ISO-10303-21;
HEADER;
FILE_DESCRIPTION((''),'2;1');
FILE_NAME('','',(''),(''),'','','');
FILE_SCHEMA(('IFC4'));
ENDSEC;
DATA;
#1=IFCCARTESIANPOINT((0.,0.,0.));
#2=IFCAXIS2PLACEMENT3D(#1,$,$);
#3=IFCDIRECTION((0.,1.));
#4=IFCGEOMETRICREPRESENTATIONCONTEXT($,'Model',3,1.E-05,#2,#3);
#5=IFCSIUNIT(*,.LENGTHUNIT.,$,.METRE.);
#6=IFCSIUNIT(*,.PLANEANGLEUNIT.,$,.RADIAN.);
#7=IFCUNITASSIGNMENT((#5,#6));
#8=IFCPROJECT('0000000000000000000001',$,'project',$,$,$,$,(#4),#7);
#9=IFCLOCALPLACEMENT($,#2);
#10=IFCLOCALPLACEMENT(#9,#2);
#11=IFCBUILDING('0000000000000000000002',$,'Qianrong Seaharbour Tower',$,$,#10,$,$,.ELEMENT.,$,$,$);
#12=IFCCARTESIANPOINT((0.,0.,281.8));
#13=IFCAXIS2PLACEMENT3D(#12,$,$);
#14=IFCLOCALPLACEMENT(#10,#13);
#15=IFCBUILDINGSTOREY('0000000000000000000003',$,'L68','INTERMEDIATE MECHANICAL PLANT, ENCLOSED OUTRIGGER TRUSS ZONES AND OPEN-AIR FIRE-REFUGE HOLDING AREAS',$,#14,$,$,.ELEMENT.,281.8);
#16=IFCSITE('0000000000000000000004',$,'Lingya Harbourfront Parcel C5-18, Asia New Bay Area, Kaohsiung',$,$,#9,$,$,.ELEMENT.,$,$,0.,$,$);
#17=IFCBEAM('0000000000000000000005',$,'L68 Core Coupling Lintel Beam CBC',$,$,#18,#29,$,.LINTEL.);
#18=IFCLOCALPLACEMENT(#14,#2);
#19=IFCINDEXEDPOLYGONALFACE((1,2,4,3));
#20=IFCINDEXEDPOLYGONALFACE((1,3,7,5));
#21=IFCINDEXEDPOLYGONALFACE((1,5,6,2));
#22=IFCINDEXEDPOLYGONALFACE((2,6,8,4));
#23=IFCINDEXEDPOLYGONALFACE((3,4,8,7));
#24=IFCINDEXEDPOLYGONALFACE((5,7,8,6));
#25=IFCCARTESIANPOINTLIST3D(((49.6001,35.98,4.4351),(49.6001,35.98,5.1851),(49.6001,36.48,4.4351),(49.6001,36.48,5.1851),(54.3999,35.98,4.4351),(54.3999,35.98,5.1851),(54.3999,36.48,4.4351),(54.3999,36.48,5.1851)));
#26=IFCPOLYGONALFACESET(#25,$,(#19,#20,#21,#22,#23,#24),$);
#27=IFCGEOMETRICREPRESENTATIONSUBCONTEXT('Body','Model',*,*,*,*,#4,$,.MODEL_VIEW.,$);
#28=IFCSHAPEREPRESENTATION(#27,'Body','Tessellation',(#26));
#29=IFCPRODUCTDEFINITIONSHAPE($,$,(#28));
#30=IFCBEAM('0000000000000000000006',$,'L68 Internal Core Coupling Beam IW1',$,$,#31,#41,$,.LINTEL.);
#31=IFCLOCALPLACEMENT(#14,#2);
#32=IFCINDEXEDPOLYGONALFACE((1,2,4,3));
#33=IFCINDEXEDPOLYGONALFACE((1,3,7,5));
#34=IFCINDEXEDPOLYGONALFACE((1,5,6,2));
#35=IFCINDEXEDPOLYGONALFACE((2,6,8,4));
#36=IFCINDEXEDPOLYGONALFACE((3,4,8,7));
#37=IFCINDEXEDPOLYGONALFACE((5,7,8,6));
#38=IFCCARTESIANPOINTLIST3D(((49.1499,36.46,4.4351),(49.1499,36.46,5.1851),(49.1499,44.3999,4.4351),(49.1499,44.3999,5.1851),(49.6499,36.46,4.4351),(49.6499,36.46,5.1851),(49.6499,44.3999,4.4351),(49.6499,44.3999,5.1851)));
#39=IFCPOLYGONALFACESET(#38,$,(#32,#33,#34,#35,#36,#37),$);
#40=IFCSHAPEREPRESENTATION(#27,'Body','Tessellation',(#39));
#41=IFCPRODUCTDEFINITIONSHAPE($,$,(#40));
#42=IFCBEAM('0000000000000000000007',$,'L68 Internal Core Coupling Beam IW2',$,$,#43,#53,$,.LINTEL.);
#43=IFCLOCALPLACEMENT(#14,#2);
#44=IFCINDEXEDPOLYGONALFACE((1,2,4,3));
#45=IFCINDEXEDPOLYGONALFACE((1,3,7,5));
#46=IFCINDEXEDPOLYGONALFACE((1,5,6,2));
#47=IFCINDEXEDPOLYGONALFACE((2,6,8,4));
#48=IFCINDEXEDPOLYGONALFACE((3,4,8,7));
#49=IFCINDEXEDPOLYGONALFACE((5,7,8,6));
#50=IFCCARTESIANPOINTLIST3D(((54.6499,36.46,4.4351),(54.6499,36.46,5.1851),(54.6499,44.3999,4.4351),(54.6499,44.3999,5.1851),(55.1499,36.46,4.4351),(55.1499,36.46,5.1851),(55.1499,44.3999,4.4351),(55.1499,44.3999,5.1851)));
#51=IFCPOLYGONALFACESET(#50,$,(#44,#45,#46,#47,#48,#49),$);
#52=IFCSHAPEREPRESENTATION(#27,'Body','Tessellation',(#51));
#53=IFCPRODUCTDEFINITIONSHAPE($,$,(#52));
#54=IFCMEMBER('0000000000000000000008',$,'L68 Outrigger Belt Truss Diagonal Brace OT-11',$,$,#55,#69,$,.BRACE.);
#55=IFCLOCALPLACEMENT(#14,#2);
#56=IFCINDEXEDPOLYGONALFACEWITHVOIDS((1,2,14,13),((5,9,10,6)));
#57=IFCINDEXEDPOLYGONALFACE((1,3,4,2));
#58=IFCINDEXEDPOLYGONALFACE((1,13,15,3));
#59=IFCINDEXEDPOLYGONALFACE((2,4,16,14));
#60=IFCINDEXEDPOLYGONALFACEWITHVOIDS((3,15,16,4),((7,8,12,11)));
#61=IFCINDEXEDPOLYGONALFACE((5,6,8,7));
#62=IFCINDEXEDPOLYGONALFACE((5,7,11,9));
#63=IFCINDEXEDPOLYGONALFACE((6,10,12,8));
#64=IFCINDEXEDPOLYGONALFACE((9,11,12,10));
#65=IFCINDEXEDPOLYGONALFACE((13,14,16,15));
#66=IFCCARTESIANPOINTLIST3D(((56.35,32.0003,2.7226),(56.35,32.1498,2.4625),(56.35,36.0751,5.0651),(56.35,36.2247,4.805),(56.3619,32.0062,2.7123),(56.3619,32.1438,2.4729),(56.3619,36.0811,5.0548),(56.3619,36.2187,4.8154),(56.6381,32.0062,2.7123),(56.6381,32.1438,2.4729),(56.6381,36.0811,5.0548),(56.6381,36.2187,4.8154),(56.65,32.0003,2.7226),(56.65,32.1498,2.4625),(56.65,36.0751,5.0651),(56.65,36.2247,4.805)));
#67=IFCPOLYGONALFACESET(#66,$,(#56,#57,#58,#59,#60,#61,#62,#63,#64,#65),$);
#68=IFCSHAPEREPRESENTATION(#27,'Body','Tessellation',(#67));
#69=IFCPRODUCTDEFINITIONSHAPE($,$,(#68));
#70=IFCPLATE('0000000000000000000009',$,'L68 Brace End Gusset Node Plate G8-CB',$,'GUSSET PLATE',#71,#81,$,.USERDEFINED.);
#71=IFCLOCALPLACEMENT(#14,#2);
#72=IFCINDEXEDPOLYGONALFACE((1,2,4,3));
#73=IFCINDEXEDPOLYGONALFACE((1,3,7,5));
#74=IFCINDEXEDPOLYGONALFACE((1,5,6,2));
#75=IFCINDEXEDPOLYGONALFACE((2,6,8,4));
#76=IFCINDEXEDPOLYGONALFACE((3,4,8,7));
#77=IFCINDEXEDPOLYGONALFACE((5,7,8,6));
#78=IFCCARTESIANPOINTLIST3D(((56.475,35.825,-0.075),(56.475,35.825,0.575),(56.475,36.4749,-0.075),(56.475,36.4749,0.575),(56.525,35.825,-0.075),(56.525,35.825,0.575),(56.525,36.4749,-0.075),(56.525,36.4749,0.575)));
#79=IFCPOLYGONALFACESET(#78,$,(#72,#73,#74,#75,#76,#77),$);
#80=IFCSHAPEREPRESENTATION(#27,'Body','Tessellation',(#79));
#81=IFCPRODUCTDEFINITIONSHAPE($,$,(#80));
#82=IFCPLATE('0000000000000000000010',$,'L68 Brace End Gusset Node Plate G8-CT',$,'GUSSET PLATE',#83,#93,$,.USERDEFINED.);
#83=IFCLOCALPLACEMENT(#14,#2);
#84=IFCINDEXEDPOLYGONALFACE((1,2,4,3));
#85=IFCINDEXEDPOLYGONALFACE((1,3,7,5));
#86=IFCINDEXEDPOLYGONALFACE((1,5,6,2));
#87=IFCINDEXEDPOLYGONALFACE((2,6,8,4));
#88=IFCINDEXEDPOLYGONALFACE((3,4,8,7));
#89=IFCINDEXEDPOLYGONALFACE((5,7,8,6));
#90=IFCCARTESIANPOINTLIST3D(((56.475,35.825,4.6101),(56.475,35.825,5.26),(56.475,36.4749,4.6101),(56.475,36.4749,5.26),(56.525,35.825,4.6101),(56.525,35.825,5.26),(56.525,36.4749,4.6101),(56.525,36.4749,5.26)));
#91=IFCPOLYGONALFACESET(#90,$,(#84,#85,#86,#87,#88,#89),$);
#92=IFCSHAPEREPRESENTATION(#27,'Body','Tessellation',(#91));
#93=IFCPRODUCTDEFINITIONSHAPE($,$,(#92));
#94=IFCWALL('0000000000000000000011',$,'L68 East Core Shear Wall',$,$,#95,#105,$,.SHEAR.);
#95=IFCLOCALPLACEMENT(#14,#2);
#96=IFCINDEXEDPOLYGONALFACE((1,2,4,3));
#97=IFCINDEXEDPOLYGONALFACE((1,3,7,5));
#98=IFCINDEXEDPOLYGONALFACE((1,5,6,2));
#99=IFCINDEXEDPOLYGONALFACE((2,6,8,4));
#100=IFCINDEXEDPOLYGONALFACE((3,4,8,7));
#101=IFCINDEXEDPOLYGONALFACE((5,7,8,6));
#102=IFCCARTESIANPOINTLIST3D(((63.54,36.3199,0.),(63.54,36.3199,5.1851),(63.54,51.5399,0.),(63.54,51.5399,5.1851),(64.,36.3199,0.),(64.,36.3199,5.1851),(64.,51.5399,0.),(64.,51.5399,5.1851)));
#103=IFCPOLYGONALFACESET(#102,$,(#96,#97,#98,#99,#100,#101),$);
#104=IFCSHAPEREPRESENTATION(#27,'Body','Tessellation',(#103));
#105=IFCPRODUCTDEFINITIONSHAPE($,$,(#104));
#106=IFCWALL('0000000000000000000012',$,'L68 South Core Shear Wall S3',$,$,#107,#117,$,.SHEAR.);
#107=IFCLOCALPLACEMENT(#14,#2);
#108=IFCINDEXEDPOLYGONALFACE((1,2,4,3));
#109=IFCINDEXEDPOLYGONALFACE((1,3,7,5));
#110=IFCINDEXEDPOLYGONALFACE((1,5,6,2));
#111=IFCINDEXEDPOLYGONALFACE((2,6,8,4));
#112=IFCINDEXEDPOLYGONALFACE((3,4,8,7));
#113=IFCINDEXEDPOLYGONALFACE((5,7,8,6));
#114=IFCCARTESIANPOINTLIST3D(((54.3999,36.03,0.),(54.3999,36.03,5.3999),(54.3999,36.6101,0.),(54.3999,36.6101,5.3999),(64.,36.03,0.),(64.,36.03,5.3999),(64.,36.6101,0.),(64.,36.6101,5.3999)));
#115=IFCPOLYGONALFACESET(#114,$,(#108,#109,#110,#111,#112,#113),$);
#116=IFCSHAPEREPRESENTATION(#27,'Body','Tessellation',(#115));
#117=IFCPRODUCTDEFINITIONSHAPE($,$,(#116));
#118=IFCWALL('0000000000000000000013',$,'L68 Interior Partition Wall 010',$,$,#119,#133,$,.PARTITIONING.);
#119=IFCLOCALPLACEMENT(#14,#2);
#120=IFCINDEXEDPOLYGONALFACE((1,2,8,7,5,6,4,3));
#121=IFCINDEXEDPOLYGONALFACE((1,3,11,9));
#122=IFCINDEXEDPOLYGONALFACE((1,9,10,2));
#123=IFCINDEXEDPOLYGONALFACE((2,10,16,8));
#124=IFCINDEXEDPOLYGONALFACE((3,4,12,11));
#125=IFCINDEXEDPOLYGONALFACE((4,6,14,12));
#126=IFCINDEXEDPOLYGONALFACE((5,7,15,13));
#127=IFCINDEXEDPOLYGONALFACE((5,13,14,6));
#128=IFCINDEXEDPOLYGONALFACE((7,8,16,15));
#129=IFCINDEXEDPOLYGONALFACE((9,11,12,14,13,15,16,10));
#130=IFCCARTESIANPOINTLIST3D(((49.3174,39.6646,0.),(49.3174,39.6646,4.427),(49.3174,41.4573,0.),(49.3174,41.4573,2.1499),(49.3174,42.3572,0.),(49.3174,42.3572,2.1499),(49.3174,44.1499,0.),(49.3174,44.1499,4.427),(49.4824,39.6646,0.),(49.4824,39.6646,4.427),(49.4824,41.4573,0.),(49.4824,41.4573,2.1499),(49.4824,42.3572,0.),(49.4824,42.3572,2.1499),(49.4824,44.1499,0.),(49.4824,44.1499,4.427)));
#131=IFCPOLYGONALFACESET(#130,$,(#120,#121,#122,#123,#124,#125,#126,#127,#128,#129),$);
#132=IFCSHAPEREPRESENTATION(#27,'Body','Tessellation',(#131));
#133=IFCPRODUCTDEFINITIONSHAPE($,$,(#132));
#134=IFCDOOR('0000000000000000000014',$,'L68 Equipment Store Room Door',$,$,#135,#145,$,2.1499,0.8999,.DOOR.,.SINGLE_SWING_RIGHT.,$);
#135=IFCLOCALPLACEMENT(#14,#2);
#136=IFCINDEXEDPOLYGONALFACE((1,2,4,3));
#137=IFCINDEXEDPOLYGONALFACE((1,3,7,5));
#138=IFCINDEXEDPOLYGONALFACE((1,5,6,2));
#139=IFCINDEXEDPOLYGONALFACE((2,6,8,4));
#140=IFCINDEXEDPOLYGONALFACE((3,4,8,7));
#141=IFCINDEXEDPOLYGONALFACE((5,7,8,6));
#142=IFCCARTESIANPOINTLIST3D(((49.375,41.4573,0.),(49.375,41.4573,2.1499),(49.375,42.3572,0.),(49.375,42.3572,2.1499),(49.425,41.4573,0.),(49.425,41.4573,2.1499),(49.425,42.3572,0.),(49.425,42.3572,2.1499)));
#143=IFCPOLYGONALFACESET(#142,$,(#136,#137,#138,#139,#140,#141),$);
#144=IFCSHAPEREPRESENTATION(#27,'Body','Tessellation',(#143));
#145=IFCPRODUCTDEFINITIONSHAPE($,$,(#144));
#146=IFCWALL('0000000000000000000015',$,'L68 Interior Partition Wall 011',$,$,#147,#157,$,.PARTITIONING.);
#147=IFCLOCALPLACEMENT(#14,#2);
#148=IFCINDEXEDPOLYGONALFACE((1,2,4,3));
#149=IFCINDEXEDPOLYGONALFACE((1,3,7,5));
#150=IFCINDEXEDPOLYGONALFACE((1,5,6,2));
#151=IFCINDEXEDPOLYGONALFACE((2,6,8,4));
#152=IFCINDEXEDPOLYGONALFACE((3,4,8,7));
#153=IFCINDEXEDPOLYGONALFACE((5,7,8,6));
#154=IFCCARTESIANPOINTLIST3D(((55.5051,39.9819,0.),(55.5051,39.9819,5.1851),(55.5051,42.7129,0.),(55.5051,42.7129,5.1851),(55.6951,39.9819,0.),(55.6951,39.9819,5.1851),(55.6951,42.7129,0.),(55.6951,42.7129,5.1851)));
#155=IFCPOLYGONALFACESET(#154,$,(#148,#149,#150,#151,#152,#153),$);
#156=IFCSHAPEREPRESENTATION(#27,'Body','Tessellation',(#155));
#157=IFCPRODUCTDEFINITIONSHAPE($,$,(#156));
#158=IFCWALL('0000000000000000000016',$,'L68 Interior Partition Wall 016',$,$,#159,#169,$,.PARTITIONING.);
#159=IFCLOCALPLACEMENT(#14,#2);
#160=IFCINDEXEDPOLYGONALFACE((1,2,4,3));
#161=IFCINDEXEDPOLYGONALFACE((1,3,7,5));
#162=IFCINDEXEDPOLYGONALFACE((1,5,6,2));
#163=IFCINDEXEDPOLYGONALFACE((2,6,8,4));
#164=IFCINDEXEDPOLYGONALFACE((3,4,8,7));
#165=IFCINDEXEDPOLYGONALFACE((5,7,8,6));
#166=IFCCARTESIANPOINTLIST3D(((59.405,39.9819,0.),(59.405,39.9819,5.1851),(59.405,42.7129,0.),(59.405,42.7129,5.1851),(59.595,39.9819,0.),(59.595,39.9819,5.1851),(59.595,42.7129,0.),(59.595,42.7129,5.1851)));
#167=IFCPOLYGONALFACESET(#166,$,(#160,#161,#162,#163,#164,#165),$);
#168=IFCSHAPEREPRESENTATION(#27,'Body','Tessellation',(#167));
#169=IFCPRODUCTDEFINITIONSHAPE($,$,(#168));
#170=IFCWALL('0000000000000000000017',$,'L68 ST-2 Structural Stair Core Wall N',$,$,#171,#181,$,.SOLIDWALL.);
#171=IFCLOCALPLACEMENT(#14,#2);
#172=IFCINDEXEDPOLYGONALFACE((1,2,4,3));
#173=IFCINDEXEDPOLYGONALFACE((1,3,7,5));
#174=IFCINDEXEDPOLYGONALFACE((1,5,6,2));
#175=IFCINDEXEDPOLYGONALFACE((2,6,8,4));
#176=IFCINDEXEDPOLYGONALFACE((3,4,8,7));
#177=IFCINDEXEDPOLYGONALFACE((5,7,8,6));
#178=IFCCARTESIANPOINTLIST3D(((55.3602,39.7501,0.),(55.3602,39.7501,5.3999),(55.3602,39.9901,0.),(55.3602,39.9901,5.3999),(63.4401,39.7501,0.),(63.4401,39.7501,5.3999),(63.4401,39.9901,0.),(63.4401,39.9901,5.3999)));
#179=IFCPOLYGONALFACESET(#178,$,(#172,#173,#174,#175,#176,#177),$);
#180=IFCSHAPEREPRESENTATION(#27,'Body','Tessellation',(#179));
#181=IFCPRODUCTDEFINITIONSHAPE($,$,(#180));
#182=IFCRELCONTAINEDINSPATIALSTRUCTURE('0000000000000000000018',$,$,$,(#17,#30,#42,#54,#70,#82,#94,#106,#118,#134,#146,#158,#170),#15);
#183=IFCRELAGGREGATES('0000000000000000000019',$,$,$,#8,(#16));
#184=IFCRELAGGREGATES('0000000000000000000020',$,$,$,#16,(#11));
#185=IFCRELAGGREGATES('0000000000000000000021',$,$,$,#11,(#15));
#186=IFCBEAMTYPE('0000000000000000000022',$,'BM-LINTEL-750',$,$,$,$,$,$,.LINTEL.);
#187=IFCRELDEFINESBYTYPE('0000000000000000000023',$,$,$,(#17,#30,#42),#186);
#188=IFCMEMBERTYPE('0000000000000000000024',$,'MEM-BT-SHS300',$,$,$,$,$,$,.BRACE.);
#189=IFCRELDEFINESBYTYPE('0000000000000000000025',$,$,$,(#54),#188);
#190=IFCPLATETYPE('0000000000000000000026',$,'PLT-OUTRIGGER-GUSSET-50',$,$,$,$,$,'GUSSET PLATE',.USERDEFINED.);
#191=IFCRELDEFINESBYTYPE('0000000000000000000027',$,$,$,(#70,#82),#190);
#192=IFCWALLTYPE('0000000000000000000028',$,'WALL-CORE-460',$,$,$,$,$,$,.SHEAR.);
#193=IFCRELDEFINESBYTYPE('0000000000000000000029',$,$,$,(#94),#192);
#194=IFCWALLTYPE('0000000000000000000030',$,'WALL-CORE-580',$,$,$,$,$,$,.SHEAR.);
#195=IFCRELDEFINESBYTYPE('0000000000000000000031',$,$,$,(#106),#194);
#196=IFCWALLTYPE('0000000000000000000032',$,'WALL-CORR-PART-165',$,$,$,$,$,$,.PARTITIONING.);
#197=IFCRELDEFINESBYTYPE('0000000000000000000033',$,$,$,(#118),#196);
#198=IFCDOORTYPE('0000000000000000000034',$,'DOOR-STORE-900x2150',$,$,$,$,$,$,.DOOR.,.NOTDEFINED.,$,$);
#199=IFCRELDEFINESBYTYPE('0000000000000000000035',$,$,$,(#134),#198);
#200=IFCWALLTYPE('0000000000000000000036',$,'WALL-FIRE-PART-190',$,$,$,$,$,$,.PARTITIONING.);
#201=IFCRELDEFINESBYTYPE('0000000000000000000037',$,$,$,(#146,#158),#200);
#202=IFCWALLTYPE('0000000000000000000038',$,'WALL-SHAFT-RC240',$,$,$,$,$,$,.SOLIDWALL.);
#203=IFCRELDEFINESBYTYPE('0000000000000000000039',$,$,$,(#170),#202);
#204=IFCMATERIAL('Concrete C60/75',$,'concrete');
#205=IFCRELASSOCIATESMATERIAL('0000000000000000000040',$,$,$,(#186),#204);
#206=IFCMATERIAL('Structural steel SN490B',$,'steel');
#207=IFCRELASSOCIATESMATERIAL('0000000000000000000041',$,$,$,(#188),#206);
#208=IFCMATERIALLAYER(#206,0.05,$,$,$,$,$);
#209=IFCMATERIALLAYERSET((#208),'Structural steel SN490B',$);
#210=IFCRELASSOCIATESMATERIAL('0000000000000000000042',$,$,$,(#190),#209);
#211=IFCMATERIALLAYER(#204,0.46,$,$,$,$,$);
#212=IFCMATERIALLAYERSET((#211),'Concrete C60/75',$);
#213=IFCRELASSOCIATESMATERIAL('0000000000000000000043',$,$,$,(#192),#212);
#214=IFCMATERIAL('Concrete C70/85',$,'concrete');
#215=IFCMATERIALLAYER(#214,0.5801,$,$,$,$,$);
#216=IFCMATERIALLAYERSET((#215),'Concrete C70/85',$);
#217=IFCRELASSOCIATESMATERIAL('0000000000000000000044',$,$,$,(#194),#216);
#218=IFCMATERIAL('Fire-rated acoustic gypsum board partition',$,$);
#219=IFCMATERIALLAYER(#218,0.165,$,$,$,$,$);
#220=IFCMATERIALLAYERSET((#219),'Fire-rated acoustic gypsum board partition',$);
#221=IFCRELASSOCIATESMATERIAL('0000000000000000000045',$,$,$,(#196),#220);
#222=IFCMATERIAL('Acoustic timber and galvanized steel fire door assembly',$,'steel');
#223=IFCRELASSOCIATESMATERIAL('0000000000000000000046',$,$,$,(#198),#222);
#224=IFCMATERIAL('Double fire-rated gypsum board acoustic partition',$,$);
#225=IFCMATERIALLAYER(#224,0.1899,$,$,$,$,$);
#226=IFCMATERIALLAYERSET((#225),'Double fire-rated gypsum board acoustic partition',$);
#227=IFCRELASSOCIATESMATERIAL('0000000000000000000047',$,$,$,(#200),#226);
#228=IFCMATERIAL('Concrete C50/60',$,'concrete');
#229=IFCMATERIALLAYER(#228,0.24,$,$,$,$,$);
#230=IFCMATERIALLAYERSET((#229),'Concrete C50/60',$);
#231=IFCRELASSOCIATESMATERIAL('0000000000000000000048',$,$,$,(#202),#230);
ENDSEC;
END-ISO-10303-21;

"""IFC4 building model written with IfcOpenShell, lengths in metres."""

from ifc_helpers import new_model, si_unit, direction, frame, frame_2d, origin, origin_2d, place, context, subcontext, project, spatial, rectangle, hollow_rectangle, extrude, material, layer, layer_set, material_profile, profile_set, type_object, element, fill, save


model = new_model("IFC4")

# Units and contexts
model_context = context("Model", 3, precision=1e-05, world=origin(), true_north=direction((0.0, 1.0)))
body_context = subcontext(model_context, "Body", "Model", "MODEL_VIEW")
ifc_project = project(units=[si_unit("LENGTHUNIT", "METRE"), si_unit("PLANEANGLEUNIT", "RADIAN")], contexts=[model_context])

# Site, building, storey
site_placement = place(None, origin())
site = spatial("IfcSite", under=ifc_project, at=site_placement, Name="Lingya Harbourfront Parcel C5-18, Asia New Bay Area, Kaohsiung", CompositionType="ELEMENT", RefElevation=0.0)
building_placement = place(site_placement, origin())
building = spatial("IfcBuilding", under=site, at=building_placement, Name="Qianrong Seaharbour Tower", CompositionType="ELEMENT")
storey_placement = place(building_placement, frame((0.0, 0.0, 281.8)))
storey = spatial("IfcBuildingStorey", under=building, at=storey_placement, Name="L68", Description="INTERMEDIATE MECHANICAL PLANT, ENCLOSED OUTRIGGER TRUSS ZONES AND OPEN-AIR FIRE-REFUGE HOLDING AREAS", CompositionType="ELEMENT", Elevation=281.8)

# Beams
ifc_material_1 = material(Name="Concrete C60/75", Category="concrete")
ifc_material_profile_1 = material_profile(ifc_material_1, rectangle(XDim=0.5, YDim=0.75, at=origin_2d()), Name="RC500x750")
ifc_profile_set_1 = profile_set([ifc_material_profile_1], Name="Concrete C60/75")
beam_type = type_object("IfcBeamType", Name="BM-LINTEL-750", PredefinedType="LINTEL", material=ifc_profile_set_1)
beam_placement = place(storey_placement, frame((49.6001, 36.23, 4.8101), z_axis=(1.0, 0.0, 0.0), x_axis=(0.0, 1.0, 0.0)))
element("IfcBeam", 1, at=beam_placement, inside=storey, type_object=beam_type, Name="L68 Core Coupling Lintel Beam CBC", PredefinedType="LINTEL", context=body_context, shape_type="SweptSolid", body=[
    extrude(rectangle(XDim=0.5, YDim=0.75, at=origin_2d()), origin(), (0.0, 0.0, 1.0), 4.7998),
])
for number, where, z_axis, x_axis, name in (
    (2, (49.3999, 36.46, 4.8101), (0.0, 1.0, 0.0), (-1.0, 0.0, 0.0), "L68 Internal Core Coupling Beam IW1"),
    (3, (54.8999, 36.46, 4.8101), (0.0, 1.0, 0.0), (-1.0, 0.0, 0.0), "L68 Internal Core Coupling Beam IW2"),
):
    element("IfcBeam", number, at=place(storey_placement, frame(where, z_axis=z_axis, x_axis=x_axis)), inside=storey, type_object=beam_type, Name=name, PredefinedType="LINTEL", context=body_context, shape_type="SweptSolid", body=[
        extrude(rectangle(XDim=0.5, YDim=0.75, at=origin_2d()), origin(), (0.0, 0.0, 1.0), 7.9399),
    ])

# Member
ifc_material_2 = material(Name="Structural steel SN490B", Category="steel")
ifc_material_profile_2 = material_profile(ifc_material_2, hollow_rectangle(XDim=0.3, YDim=0.3, WallThickness=0.012, at=origin_2d()), Name="SHS300x300x12")
ifc_profile_set_2 = profile_set([ifc_material_profile_2], Name="Structural steel SN490B")
member_type = type_object("IfcMemberType", Name="MEM-BT-SHS300", PredefinedType="BRACE", material=ifc_profile_set_2)
member_placement = place(storey_placement, frame((56.5, 36.1499, 4.9351), z_axis=(0.0, -0.866958, -0.49838), x_axis=(1.0, 0.0, 0.0)))
element("IfcMember", 4, at=member_placement, inside=storey, type_object=member_type, Name="L68 Outrigger Belt Truss Diagonal Brace OT-11", PredefinedType="BRACE", context=body_context, shape_type="SweptSolid", body=[
    extrude(hollow_rectangle(XDim=0.3, YDim=0.3, WallThickness=0.012, at=origin_2d()), origin(), (0.0, 0.0, 1.0), 4.7002),
])

# Plates
ifc_layer_1 = layer(ifc_material_2, 0.05)
ifc_layer_set_1 = layer_set([ifc_layer_1], Name="Structural steel SN490B")
plate_type = type_object("IfcPlateType", Name="PLT-OUTRIGGER-GUSSET-50", ElementType="GUSSET PLATE", PredefinedType="USERDEFINED", material=ifc_layer_set_1)
for number, where, z_axis, x_axis, name in (
    (5, (56.5, 36.1499, -0.075), (0.0, 0.0, 1.0), (1.0, 0.0, 0.0), "L68 Brace End Gusset Node Plate G8-CB"),
    (6, (56.5, 36.1499, 4.6101), (0.0, 0.0, 1.0), (1.0, 0.0, 0.0), "L68 Brace End Gusset Node Plate G8-CT"),
):
    element("IfcPlate", number, at=place(storey_placement, frame(where, z_axis=z_axis, x_axis=x_axis)), inside=storey, type_object=plate_type, Name=name, ObjectType="GUSSET PLATE", PredefinedType="USERDEFINED", context=body_context, shape_type="SweptSolid", body=[
        extrude(rectangle(XDim=0.05, YDim=0.6499, at=origin_2d()), origin(), (0.0, 0.0, 1.0), 0.6499),
    ])

# Walls
ifc_layer_2 = layer(ifc_material_1, 0.46)
ifc_layer_set_2 = layer_set([ifc_layer_2], Name="Concrete C60/75")
wall_type_1 = type_object("IfcWallType", Name="WALL-CORE-460", PredefinedType="SHEAR", material=ifc_layer_set_2)
wall_1_placement = place(storey_placement, frame((63.77, 36.3201, 0.0), z_axis=(0.0, 0.0, 1.0), x_axis=(0.0, 1.0, 0.0)))
element("IfcWall", 7, at=wall_1_placement, inside=storey, type_object=wall_type_1, Name="L68 East Core Shear Wall", PredefinedType="SHEAR", context=body_context, shape_type="SweptSolid", body=[
    extrude(rectangle(XDim=15.22, YDim=0.46, at=frame_2d((7.6099, 0.0))), origin(), (0.0, 0.0, 1.0), 5.1851),
])
ifc_material_3 = material(Name="Concrete C70/85", Category="concrete")
ifc_layer_3 = layer(ifc_material_3, 0.5801)
ifc_layer_set_3 = layer_set([ifc_layer_3], Name="Concrete C70/85")
wall_type_2 = type_object("IfcWallType", Name="WALL-CORE-580", PredefinedType="SHEAR", material=ifc_layer_set_3)
wall_2_placement = place(storey_placement, frame((54.3999, 36.3201, 0.0), z_axis=(0.0, 0.0, 1.0), x_axis=(1.0, 0.0, 0.0)))
element("IfcWall", 8, at=wall_2_placement, inside=storey, type_object=wall_type_2, Name="L68 South Core Shear Wall S3", PredefinedType="SHEAR", context=body_context, shape_type="SweptSolid", body=[
    extrude(rectangle(XDim=9.6001, YDim=0.5801, at=frame_2d((4.8, 0.0))), origin(), (0.0, 0.0, 1.0), 5.3999),
])

# Wall, opening, door
ifc_material_4 = material(Name="Fire-rated acoustic gypsum board partition")
ifc_layer_4 = layer(ifc_material_4, 0.165)
ifc_layer_set_4 = layer_set([ifc_layer_4], Name="Fire-rated acoustic gypsum board partition")
wall_type_3 = type_object("IfcWallType", Name="WALL-CORR-PART-165", PredefinedType="PARTITIONING", material=ifc_layer_set_4)
ifc_material_5 = material(Name="Acoustic timber and galvanized steel fire door assembly", Category="steel")
wall_3_placement = place(storey_placement, frame((49.3999, 39.6646, 0.0), z_axis=(0.0, 0.0, 1.0), x_axis=(0.0, 1.0, 0.0)))
wall_3 = element("IfcWall", 9, at=wall_3_placement, inside=storey, type_object=wall_type_3, Name="L68 Interior Partition Wall 010", PredefinedType="PARTITIONING", context=body_context, shape_type="SweptSolid", body=[
    extrude(rectangle(XDim=4.4854, YDim=0.165, at=frame_2d((2.2427, 0.0))), origin(), (0.0, 0.0, 1.0), 4.427),
])
opening_1_placement = place(wall_3_placement, frame((1.7927, 0.0, 0.0)))
opening_1 = element("IfcOpeningElement", 10, at=opening_1_placement, cuts=wall_3, PredefinedType="OPENING", context=body_context, shape_type="SweptSolid", body=[
    extrude(rectangle(XDim=0.8999, YDim=2.1499, at=frame_2d((0.45, 1.075))), frame((0.0, 0.0925, 0.0), z_axis=(0.0, -1.0, 0.0), x_axis=(1.0, 0.0, 0.0)), (0.0, 0.0, 1.0), 0.1851),
])
door_type_1 = type_object("IfcDoorType", Name="DOOR-STORE-900x2150", OperationType="NOTDEFINED", PredefinedType="DOOR", material=ifc_material_5)
door_1_placement = place(opening_1_placement, origin())
door_1 = element("IfcDoor", 11, at=door_1_placement, inside=storey, type_object=door_type_1, Name="L68 Equipment Store Room Door", OperationType="SINGLE_SWING_RIGHT", OverallHeight=2.1499, OverallWidth=0.8999, PredefinedType="DOOR", context=body_context, shape_type="SweptSolid", body=[
    extrude(rectangle(XDim=0.8999, YDim=2.1499, at=frame_2d((0.45, 1.075))), frame((0.0, 0.0249, 0.0), z_axis=(0.0, -1.0, 0.0), x_axis=(1.0, 0.0, 0.0)), (0.0, 0.0, 1.0), 0.05),
])
fill(opening_1, door_1)

# Walls
ifc_material_6 = material(Name="Double fire-rated gypsum board acoustic partition")
ifc_layer_5 = layer(ifc_material_6, 0.1899)
ifc_layer_set_5 = layer_set([ifc_layer_5], Name="Double fire-rated gypsum board acoustic partition")
wall_type_4 = type_object("IfcWallType", Name="WALL-FIRE-PART-190", PredefinedType="PARTITIONING", material=ifc_layer_set_5)
for number, where, z_axis, x_axis, name in (
    (12, (55.6001, 42.7129, 0.0), (0.0, 0.0, 1.0), (0.0, -1.0, 0.0), "L68 Interior Partition Wall 011"),
    (13, (59.5, 42.7129, 0.0), (0.0, 0.0, 1.0), (0.0, -1.0, 0.0), "L68 Interior Partition Wall 016"),
):
    element("IfcWall", number, at=place(storey_placement, frame(where, z_axis=z_axis, x_axis=x_axis)), inside=storey, type_object=wall_type_4, Name=name, PredefinedType="PARTITIONING", context=body_context, shape_type="SweptSolid", body=[
        extrude(rectangle(XDim=2.731, YDim=0.1899, at=frame_2d((1.3655, 0.0))), origin(), (0.0, 0.0, 1.0), 5.1851),
    ])
ifc_material_7 = material(Name="Concrete C50/60", Category="concrete")
ifc_layer_6 = layer(ifc_material_7, 0.24)
ifc_layer_set_6 = layer_set([ifc_layer_6], Name="Concrete C50/60")
wall_type_5 = type_object("IfcWallType", Name="WALL-SHAFT-RC240", PredefinedType="SOLIDWALL", material=ifc_layer_set_6)
wall_4_placement = place(storey_placement, frame((55.3601, 39.8701, 0.0), z_axis=(0.0, 0.0, 1.0), x_axis=(1.0, 0.0, 0.0)))
element("IfcWall", 14, at=wall_4_placement, inside=storey, type_object=wall_type_5, Name="L68 ST-2 Structural Stair Core Wall N", PredefinedType="SOLIDWALL", context=body_context, shape_type="SweptSolid", body=[
    extrude(rectangle(XDim=8.0798, YDim=0.24, at=frame_2d((4.04, 0.0))), origin(), (0.0, 0.0, 1.0), 5.3999),
])

save(model, "model.ifc")
